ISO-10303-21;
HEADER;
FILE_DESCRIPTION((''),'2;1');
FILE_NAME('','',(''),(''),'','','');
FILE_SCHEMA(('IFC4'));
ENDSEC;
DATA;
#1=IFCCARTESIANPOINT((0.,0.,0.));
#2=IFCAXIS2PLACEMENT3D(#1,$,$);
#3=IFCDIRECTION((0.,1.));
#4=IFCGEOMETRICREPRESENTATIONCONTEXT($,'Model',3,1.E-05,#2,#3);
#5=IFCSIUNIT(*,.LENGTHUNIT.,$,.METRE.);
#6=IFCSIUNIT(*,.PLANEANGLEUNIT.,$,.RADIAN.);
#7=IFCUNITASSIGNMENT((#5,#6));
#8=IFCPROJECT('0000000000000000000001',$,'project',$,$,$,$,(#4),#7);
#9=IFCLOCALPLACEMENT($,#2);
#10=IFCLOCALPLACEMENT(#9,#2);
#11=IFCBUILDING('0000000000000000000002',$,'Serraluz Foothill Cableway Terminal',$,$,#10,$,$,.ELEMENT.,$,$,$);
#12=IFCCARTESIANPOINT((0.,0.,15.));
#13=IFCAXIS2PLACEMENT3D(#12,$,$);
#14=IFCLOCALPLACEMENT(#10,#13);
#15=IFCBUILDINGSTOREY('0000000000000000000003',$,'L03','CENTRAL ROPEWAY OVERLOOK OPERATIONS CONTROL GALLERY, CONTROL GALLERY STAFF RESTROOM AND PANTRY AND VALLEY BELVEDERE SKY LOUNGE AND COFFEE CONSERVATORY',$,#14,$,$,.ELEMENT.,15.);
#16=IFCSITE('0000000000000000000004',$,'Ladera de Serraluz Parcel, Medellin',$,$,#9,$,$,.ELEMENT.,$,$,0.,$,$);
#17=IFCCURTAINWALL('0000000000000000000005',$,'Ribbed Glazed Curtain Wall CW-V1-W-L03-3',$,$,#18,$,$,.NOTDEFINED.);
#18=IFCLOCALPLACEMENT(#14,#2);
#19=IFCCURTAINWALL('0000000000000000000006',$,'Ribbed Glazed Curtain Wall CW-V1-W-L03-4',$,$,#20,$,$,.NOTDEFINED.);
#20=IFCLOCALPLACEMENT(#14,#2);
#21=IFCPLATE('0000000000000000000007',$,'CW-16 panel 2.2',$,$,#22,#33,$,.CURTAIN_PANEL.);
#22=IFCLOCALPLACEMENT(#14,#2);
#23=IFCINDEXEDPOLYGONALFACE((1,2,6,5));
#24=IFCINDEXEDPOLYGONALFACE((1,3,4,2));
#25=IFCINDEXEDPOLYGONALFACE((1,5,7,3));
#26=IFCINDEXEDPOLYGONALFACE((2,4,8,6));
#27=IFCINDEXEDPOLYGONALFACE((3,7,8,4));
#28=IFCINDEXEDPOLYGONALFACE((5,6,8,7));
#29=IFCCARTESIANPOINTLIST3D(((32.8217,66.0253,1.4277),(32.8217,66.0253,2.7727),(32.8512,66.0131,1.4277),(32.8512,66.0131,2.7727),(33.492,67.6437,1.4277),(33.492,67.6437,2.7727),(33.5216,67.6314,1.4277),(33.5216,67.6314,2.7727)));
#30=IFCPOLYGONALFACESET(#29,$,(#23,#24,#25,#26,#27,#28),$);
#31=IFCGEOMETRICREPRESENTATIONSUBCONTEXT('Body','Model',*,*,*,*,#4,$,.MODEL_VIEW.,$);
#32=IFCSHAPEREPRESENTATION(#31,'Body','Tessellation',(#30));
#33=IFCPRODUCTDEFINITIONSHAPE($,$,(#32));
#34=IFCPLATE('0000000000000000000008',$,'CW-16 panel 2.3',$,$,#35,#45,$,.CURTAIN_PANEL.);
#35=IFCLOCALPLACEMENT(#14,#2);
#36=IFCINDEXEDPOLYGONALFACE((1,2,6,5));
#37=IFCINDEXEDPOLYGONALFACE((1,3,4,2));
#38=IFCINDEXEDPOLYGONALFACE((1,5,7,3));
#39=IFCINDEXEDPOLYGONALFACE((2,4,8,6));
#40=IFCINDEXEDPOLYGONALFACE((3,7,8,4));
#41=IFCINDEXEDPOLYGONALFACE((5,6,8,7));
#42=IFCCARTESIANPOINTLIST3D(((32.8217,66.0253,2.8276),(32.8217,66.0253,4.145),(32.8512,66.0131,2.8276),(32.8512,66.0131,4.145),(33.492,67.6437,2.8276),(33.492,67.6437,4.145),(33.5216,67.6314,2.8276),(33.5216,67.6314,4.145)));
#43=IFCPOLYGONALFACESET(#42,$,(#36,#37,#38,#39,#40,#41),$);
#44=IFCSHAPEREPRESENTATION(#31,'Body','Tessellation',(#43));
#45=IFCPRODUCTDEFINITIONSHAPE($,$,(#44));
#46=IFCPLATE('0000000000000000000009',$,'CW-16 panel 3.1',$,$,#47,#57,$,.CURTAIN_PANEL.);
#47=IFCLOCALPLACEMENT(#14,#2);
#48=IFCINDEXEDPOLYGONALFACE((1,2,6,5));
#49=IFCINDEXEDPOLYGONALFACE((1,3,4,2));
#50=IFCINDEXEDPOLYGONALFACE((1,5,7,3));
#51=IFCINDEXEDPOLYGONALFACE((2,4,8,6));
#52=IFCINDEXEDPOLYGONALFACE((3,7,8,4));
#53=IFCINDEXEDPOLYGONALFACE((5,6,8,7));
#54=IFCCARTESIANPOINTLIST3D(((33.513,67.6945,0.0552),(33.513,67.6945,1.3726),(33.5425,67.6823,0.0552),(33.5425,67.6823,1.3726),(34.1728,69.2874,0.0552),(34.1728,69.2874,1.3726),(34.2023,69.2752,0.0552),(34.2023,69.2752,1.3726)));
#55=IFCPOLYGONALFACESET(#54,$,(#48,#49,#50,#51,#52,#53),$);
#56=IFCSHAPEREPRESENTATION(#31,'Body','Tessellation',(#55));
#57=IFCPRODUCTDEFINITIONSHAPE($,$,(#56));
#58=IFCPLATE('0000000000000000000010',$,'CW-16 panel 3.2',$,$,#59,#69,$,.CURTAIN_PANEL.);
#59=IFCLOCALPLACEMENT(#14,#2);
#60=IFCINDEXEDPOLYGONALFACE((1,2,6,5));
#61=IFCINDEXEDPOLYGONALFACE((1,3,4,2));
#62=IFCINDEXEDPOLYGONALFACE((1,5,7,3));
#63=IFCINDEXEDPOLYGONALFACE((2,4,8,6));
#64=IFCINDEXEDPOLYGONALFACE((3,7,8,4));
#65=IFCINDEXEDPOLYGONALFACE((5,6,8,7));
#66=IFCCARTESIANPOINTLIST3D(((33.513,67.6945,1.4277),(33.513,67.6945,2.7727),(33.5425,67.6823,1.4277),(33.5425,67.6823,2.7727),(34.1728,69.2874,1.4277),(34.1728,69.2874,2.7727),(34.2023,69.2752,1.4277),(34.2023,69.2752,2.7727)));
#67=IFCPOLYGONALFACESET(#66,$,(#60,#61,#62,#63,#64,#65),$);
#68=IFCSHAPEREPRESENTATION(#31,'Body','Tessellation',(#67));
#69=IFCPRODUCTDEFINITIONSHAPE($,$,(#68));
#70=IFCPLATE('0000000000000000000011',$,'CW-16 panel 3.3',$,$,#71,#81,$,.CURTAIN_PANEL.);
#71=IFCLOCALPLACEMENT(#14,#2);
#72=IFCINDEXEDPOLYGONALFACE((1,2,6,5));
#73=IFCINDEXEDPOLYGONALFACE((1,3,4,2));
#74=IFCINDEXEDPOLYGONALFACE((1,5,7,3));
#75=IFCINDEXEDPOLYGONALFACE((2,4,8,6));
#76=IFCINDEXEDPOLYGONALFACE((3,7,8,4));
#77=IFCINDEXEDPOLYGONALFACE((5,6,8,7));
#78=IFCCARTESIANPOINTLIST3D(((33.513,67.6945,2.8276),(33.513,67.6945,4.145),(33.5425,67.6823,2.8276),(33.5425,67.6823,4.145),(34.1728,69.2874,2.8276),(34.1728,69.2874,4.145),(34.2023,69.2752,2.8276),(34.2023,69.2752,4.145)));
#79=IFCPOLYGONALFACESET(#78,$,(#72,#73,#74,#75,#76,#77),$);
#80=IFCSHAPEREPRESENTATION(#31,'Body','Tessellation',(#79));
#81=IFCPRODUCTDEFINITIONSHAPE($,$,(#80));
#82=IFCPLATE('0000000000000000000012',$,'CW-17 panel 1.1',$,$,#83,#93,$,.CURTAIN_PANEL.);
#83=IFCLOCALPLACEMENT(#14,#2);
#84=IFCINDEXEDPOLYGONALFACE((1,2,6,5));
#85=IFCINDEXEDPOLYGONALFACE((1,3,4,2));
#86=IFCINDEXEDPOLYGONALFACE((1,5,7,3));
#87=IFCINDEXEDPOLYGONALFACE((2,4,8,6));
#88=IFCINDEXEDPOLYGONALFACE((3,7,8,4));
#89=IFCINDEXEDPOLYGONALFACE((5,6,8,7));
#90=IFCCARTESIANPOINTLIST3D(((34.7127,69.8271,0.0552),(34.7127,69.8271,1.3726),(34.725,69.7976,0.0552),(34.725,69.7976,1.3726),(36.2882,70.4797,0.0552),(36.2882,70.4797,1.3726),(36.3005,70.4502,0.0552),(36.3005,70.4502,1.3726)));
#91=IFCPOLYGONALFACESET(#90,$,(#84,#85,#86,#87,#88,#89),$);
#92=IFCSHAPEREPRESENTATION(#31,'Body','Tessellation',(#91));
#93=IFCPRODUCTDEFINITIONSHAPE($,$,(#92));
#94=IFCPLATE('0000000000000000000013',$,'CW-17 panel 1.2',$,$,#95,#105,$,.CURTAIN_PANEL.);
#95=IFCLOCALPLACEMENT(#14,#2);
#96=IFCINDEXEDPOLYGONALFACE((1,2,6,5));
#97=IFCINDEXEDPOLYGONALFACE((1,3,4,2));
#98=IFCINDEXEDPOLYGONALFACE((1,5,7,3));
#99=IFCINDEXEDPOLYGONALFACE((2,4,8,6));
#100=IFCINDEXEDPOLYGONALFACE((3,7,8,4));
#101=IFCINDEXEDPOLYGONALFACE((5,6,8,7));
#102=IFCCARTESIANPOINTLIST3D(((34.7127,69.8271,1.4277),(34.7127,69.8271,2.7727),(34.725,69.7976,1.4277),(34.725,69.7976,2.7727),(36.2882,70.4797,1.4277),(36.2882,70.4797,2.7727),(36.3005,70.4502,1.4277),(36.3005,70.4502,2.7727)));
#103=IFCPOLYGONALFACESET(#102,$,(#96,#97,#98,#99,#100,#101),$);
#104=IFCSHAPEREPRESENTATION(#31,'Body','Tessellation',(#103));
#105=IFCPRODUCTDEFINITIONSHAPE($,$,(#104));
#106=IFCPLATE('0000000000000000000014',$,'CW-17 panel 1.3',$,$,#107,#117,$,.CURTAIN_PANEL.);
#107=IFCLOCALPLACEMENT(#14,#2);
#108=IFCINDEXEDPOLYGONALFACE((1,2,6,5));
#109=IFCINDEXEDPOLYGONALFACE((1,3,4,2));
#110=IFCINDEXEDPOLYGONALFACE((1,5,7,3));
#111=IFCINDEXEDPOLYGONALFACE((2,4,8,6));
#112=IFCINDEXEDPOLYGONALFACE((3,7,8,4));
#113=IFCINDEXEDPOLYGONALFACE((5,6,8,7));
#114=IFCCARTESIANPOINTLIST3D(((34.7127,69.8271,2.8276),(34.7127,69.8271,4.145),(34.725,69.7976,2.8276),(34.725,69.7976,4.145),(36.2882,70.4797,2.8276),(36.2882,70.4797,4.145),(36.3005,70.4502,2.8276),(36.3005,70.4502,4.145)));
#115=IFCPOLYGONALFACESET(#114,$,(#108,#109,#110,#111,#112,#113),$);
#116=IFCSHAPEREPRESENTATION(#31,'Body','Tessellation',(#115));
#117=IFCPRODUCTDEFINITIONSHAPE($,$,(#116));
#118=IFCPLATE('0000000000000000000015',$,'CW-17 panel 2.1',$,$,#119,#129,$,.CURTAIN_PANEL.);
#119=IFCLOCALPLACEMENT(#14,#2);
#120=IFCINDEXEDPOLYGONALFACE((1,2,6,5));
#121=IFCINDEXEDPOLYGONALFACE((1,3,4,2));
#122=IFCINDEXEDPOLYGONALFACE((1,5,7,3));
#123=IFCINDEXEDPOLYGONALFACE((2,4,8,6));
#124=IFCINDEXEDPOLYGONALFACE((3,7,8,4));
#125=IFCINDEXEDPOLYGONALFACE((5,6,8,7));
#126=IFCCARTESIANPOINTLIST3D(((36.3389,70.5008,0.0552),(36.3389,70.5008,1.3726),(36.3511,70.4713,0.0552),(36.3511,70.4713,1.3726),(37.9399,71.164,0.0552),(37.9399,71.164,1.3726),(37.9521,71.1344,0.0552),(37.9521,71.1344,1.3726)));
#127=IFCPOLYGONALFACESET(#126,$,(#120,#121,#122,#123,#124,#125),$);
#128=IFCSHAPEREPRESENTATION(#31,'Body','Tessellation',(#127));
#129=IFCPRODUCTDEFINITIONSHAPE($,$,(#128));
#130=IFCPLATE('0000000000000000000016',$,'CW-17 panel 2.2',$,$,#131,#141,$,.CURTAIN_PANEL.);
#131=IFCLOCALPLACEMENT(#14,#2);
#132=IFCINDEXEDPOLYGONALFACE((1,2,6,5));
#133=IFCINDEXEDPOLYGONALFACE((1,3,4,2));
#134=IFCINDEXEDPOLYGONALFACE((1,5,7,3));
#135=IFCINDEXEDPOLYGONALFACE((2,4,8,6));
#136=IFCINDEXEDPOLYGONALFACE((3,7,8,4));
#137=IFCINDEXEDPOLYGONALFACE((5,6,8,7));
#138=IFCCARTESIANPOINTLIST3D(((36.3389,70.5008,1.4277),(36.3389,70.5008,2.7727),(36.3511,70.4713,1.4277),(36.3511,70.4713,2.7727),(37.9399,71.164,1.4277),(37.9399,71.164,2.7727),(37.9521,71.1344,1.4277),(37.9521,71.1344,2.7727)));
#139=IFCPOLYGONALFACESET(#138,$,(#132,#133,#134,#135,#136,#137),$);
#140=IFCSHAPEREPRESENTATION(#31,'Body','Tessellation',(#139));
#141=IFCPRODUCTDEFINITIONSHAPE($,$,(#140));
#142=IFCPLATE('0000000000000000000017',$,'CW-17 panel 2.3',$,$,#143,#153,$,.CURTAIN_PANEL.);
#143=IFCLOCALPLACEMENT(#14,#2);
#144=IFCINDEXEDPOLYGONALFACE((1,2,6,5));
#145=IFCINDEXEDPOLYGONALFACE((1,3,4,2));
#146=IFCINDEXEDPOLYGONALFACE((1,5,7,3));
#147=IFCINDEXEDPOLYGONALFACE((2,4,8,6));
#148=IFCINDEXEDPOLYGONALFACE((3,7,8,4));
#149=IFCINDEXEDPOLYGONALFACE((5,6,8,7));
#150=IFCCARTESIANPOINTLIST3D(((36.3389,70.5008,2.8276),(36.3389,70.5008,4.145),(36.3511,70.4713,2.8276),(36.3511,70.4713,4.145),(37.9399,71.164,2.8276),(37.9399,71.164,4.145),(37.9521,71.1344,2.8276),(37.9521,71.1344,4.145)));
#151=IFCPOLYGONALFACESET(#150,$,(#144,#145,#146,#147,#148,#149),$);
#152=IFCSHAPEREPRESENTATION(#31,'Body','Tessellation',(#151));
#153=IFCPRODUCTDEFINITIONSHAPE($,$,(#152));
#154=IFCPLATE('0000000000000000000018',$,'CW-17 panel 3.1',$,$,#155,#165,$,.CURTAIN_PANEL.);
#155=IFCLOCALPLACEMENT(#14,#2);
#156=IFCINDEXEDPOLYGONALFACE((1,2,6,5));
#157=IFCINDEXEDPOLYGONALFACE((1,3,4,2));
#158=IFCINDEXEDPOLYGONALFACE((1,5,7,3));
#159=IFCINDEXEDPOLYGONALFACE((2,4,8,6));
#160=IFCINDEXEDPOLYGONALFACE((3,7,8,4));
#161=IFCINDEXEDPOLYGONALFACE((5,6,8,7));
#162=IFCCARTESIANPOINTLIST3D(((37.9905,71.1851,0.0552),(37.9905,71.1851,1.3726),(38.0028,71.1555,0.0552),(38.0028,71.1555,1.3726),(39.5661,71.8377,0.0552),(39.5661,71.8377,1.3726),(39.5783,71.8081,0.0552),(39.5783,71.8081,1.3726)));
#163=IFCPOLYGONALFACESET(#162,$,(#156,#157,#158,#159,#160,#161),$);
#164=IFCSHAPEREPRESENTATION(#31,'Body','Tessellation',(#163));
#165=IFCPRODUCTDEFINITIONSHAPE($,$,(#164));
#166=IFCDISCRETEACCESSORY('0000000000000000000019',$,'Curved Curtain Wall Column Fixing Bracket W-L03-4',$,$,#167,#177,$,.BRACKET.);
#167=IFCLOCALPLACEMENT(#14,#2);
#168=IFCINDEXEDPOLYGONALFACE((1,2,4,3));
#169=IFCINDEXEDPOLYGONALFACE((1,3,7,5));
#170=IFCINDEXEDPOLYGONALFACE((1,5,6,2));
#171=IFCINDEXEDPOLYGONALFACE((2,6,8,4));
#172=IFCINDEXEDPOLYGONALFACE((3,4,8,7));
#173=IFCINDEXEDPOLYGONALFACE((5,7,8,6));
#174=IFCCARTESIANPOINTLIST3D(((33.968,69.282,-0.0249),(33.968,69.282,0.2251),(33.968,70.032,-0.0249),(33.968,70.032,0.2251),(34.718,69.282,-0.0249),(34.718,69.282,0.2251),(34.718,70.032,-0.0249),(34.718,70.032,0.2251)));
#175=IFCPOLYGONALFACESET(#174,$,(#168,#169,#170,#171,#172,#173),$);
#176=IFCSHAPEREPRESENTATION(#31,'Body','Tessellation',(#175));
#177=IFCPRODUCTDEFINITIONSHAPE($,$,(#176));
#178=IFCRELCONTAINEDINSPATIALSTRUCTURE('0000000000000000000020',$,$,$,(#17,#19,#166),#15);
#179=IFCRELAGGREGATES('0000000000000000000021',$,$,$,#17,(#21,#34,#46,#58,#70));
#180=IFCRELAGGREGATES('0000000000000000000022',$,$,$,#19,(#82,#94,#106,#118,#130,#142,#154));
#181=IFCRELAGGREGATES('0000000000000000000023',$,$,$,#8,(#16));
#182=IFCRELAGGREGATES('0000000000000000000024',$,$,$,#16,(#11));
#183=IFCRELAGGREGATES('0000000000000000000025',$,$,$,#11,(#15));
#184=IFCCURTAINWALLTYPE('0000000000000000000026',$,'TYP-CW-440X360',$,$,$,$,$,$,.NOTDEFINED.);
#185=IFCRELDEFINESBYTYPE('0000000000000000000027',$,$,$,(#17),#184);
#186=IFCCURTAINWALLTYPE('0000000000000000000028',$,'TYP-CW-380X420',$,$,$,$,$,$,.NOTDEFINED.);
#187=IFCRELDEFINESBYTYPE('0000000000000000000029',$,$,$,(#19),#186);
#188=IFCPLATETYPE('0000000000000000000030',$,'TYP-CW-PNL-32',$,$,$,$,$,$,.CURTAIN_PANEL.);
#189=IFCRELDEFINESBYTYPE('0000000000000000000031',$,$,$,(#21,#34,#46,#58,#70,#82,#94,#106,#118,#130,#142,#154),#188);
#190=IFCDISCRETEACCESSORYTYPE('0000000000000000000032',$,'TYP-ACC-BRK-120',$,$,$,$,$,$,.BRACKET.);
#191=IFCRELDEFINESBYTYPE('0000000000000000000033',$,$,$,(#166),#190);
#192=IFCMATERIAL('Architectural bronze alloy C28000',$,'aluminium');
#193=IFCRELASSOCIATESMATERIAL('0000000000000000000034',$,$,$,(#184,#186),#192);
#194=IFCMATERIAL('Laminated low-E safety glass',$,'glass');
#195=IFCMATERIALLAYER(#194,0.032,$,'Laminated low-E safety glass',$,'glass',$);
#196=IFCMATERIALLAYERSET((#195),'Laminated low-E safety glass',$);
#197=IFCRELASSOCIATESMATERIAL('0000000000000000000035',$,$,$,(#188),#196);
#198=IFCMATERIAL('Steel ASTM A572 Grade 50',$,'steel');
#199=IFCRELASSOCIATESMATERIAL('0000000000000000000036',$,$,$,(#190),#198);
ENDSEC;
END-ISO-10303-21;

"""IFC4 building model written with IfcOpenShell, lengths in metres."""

from ifc_helpers import new_model, si_unit, direction, frame, origin, origin_2d, place, context, subcontext, project, spatial, rectangle, extrude, material, layer, layer_set, type_object, element, aggregate, save


model = new_model("IFC4")

# Units and contexts
model_context = context("Model", 3, precision=1e-05, world=origin(), true_north=direction((0.0, 1.0)))
body_context = subcontext(model_context, "Body", "Model", "MODEL_VIEW")
ifc_project = project(units=[si_unit("LENGTHUNIT", "METRE"), si_unit("PLANEANGLEUNIT", "RADIAN")], contexts=[model_context])

# Site, building, storey
site_placement = place(None, origin())
site = spatial("IfcSite", under=ifc_project, at=site_placement, Name="Ladera de Serraluz Parcel, Medellin", CompositionType="ELEMENT", RefElevation=0.0)
building_placement = place(site_placement, origin())
building = spatial("IfcBuilding", under=site, at=building_placement, Name="Serraluz Foothill Cableway Terminal", CompositionType="ELEMENT")
storey_placement = place(building_placement, frame((0.0, 0.0, 15.0)))
storey = spatial("IfcBuildingStorey", under=building, at=storey_placement, Name="L03", Description="CENTRAL ROPEWAY OVERLOOK OPERATIONS CONTROL GALLERY, CONTROL GALLERY STAFF RESTROOM AND PANTRY AND VALLEY BELVEDERE SKY LOUNGE AND COFFEE CONSERVATORY", CompositionType="ELEMENT", Elevation=15.0)

# Shared definitions
ifc_material_1 = material(Name="Steel ASTM A572 Grade 50", Category="steel")

# Curtain walls
ifc_material_2 = material(Name="Architectural bronze alloy C28000", Category="aluminium")
curtain_wall_type_1 = type_object("IfcCurtainWallType", Name="TYP-CW-440X360", PredefinedType="NOTDEFINED", material=ifc_material_2)
curtain_wall_1_placement = place(storey_placement, origin())
curtain_wall_1 = element("IfcCurtainWall", 1, at=curtain_wall_1_placement, inside=storey, type_object=curtain_wall_type_1, Name="Ribbed Glazed Curtain Wall CW-V1-W-L03-3", PredefinedType="NOTDEFINED")
curtain_wall_type_2 = type_object("IfcCurtainWallType", Name="TYP-CW-380X420", PredefinedType="NOTDEFINED", material=ifc_material_2)
curtain_wall_2_placement = place(storey_placement, origin())
curtain_wall_2 = element("IfcCurtainWall", 2, at=curtain_wall_2_placement, inside=storey, type_object=curtain_wall_type_2, Name="Ribbed Glazed Curtain Wall CW-V1-W-L03-4", PredefinedType="NOTDEFINED")

# Shared definitions
ifc_material_3 = material(Name="Laminated low-E safety glass", Category="glass")
ifc_layer = layer(ifc_material_3, 0.032, Name="Laminated low-E safety glass", Category="glass")
ifc_layer_set = layer_set([ifc_layer], Name="Laminated low-E safety glass")
plate_type = type_object("IfcPlateType", Name="TYP-CW-PNL-32", PredefinedType="CURTAIN_PANEL", material=ifc_layer_set)

# Plates
plate_1_placement = place(storey_placement, frame((33.1716, 66.8284, 1.4277), z_axis=(0.0, 0.0, 1.0), x_axis=(0.382685, 0.923879, 0.0)))
plate_1 = element("IfcPlate", 3, at=plate_1_placement, type_object=plate_type, Name="CW-16 panel 2.2", PredefinedType="CURTAIN_PANEL", context=body_context, shape_type="SweptSolid", body=[
    extrude(rectangle(XDim=1.7517, YDim=0.032, at=origin_2d()), origin(), (0.0, 0.0, 1.0), 1.345),
])
plate_2_placement = place(storey_placement, frame((33.1716, 66.8284, 2.8276), z_axis=(0.0, 0.0, 1.0), x_axis=(0.382685, 0.923879, 0.0)))
plate_2 = element("IfcPlate", 4, at=plate_2_placement, type_object=plate_type, Name="CW-16 panel 2.3", PredefinedType="CURTAIN_PANEL", context=body_context, shape_type="SweptSolid", body=[
    extrude(rectangle(XDim=1.7517, YDim=0.032, at=origin_2d()), origin(), (0.0, 0.0, 1.0), 1.3174),
])
plate_3_placement = place(storey_placement, frame((33.8577, 68.4849, 0.0552), z_axis=(0.0, 0.0, 1.0), x_axis=(0.382685, 0.923879, 0.0)))
plate_3 = element("IfcPlate", 5, at=plate_3_placement, type_object=plate_type, Name="CW-16 panel 3.1", PredefinedType="CURTAIN_PANEL", context=body_context, shape_type="SweptSolid", body=[
    extrude(rectangle(XDim=1.7241, YDim=0.032, at=origin_2d()), origin(), (0.0, 0.0, 1.0), 1.3174),
])
plate_4_placement = place(storey_placement, frame((33.8577, 68.4849, 1.4277), z_axis=(0.0, 0.0, 1.0), x_axis=(0.382685, 0.923879, 0.0)))
plate_4 = element("IfcPlate", 6, at=plate_4_placement, type_object=plate_type, Name="CW-16 panel 3.2", PredefinedType="CURTAIN_PANEL", context=body_context, shape_type="SweptSolid", body=[
    extrude(rectangle(XDim=1.7241, YDim=0.032, at=origin_2d()), origin(), (0.0, 0.0, 1.0), 1.345),
])
plate_5_placement = place(storey_placement, frame((33.8577, 68.4849, 2.8276), z_axis=(0.0, 0.0, 1.0), x_axis=(0.382685, 0.923879, 0.0)))
plate_5 = element("IfcPlate", 7, at=plate_5_placement, type_object=plate_type, Name="CW-16 panel 3.3", PredefinedType="CURTAIN_PANEL", context=body_context, shape_type="SweptSolid", body=[
    extrude(rectangle(XDim=1.7241, YDim=0.032, at=origin_2d()), origin(), (0.0, 0.0, 1.0), 1.3174),
])
aggregate(curtain_wall_1, [plate_1, plate_2, plate_3, plate_4, plate_5])
plate_6_placement = place(storey_placement, frame((35.5066, 70.1387, 0.0552), z_axis=(0.0, 0.0, 1.0), x_axis=(0.92388, 0.382682, 0.0)))
plate_6 = element("IfcPlate", 8, at=plate_6_placement, type_object=plate_type, Name="CW-17 panel 1.1", PredefinedType="CURTAIN_PANEL", context=body_context, shape_type="SweptSolid", body=[
    extrude(rectangle(XDim=1.7053, YDim=0.032, at=origin_2d()), origin(), (0.0, 0.0, 1.0), 1.3174),
])
plate_7_placement = place(storey_placement, frame((35.5066, 70.1387, 1.4277), z_axis=(0.0, 0.0, 1.0), x_axis=(0.92388, 0.382682, 0.0)))
plate_7 = element("IfcPlate", 9, at=plate_7_placement, type_object=plate_type, Name="CW-17 panel 1.2", PredefinedType="CURTAIN_PANEL", context=body_context, shape_type="SweptSolid", body=[
    extrude(rectangle(XDim=1.7053, YDim=0.032, at=origin_2d()), origin(), (0.0, 0.0, 1.0), 1.345),
])
plate_8_placement = place(storey_placement, frame((35.5066, 70.1387, 2.8276), z_axis=(0.0, 0.0, 1.0), x_axis=(0.92388, 0.382682, 0.0)))
plate_8 = element("IfcPlate", 10, at=plate_8_placement, type_object=plate_type, Name="CW-17 panel 1.3", PredefinedType="CURTAIN_PANEL", context=body_context, shape_type="SweptSolid", body=[
    extrude(rectangle(XDim=1.7053, YDim=0.032, at=origin_2d()), origin(), (0.0, 0.0, 1.0), 1.3174),
])
plate_9_placement = place(storey_placement, frame((37.1455, 70.8176, 0.0552), z_axis=(0.0, 0.0, 1.0), x_axis=(0.92388, 0.382682, 0.0)))
plate_9 = element("IfcPlate", 11, at=plate_9_placement, type_object=plate_type, Name="CW-17 panel 2.1", PredefinedType="CURTAIN_PANEL", context=body_context, shape_type="SweptSolid", body=[
    extrude(rectangle(XDim=1.7329, YDim=0.032, at=origin_2d()), origin(), (0.0, 0.0, 1.0), 1.3174),
])
plate_10_placement = place(storey_placement, frame((37.1455, 70.8176, 1.4277), z_axis=(0.0, 0.0, 1.0), x_axis=(0.92388, 0.382682, 0.0)))
plate_10 = element("IfcPlate", 12, at=plate_10_placement, type_object=plate_type, Name="CW-17 panel 2.2", PredefinedType="CURTAIN_PANEL", context=body_context, shape_type="SweptSolid", body=[
    extrude(rectangle(XDim=1.7329, YDim=0.032, at=origin_2d()), origin(), (0.0, 0.0, 1.0), 1.345),
])
plate_11_placement = place(storey_placement, frame((37.1455, 70.8176, 2.8276), z_axis=(0.0, 0.0, 1.0), x_axis=(0.92388, 0.382682, 0.0)))
plate_11 = element("IfcPlate", 13, at=plate_11_placement, type_object=plate_type, Name="CW-17 panel 2.3", PredefinedType="CURTAIN_PANEL", context=body_context, shape_type="SweptSolid", body=[
    extrude(rectangle(XDim=1.7329, YDim=0.032, at=origin_2d()), origin(), (0.0, 0.0, 1.0), 1.3174),
])
plate_12_placement = place(storey_placement, frame((38.7844, 71.4966, 0.0552), z_axis=(0.0, 0.0, 1.0), x_axis=(0.92388, 0.382682, 0.0)))
plate_12 = element("IfcPlate", 14, at=plate_12_placement, type_object=plate_type, Name="CW-17 panel 3.1", PredefinedType="CURTAIN_PANEL", context=body_context, shape_type="SweptSolid", body=[
    extrude(rectangle(XDim=1.7053, YDim=0.032, at=origin_2d()), origin(), (0.0, 0.0, 1.0), 1.3174),
])
aggregate(curtain_wall_2, [plate_6, plate_7, plate_8, plate_9, plate_10, plate_11, plate_12])

# Discrete accessory
discrete_accessory_type = type_object("IfcDiscreteAccessoryType", Name="TYP-ACC-BRK-120", PredefinedType="BRACKET", material=ifc_material_1)
discrete_accessory_placement = place(storey_placement, frame((34.343, 69.657, -0.0249), z_axis=(0.0, 0.0, 1.0), x_axis=(1.0, 0.0, 0.0)))
element("IfcDiscreteAccessory", 15, at=discrete_accessory_placement, inside=storey, type_object=discrete_accessory_type, Name="Curved Curtain Wall Column Fixing Bracket W-L03-4", PredefinedType="BRACKET", context=body_context, shape_type="SweptSolid", body=[
    extrude(rectangle(XDim=0.75, YDim=0.75, at=origin_2d()), origin(), (0.0, 0.0, 1.0), 0.25),
])

save(model, "model.ifc")
